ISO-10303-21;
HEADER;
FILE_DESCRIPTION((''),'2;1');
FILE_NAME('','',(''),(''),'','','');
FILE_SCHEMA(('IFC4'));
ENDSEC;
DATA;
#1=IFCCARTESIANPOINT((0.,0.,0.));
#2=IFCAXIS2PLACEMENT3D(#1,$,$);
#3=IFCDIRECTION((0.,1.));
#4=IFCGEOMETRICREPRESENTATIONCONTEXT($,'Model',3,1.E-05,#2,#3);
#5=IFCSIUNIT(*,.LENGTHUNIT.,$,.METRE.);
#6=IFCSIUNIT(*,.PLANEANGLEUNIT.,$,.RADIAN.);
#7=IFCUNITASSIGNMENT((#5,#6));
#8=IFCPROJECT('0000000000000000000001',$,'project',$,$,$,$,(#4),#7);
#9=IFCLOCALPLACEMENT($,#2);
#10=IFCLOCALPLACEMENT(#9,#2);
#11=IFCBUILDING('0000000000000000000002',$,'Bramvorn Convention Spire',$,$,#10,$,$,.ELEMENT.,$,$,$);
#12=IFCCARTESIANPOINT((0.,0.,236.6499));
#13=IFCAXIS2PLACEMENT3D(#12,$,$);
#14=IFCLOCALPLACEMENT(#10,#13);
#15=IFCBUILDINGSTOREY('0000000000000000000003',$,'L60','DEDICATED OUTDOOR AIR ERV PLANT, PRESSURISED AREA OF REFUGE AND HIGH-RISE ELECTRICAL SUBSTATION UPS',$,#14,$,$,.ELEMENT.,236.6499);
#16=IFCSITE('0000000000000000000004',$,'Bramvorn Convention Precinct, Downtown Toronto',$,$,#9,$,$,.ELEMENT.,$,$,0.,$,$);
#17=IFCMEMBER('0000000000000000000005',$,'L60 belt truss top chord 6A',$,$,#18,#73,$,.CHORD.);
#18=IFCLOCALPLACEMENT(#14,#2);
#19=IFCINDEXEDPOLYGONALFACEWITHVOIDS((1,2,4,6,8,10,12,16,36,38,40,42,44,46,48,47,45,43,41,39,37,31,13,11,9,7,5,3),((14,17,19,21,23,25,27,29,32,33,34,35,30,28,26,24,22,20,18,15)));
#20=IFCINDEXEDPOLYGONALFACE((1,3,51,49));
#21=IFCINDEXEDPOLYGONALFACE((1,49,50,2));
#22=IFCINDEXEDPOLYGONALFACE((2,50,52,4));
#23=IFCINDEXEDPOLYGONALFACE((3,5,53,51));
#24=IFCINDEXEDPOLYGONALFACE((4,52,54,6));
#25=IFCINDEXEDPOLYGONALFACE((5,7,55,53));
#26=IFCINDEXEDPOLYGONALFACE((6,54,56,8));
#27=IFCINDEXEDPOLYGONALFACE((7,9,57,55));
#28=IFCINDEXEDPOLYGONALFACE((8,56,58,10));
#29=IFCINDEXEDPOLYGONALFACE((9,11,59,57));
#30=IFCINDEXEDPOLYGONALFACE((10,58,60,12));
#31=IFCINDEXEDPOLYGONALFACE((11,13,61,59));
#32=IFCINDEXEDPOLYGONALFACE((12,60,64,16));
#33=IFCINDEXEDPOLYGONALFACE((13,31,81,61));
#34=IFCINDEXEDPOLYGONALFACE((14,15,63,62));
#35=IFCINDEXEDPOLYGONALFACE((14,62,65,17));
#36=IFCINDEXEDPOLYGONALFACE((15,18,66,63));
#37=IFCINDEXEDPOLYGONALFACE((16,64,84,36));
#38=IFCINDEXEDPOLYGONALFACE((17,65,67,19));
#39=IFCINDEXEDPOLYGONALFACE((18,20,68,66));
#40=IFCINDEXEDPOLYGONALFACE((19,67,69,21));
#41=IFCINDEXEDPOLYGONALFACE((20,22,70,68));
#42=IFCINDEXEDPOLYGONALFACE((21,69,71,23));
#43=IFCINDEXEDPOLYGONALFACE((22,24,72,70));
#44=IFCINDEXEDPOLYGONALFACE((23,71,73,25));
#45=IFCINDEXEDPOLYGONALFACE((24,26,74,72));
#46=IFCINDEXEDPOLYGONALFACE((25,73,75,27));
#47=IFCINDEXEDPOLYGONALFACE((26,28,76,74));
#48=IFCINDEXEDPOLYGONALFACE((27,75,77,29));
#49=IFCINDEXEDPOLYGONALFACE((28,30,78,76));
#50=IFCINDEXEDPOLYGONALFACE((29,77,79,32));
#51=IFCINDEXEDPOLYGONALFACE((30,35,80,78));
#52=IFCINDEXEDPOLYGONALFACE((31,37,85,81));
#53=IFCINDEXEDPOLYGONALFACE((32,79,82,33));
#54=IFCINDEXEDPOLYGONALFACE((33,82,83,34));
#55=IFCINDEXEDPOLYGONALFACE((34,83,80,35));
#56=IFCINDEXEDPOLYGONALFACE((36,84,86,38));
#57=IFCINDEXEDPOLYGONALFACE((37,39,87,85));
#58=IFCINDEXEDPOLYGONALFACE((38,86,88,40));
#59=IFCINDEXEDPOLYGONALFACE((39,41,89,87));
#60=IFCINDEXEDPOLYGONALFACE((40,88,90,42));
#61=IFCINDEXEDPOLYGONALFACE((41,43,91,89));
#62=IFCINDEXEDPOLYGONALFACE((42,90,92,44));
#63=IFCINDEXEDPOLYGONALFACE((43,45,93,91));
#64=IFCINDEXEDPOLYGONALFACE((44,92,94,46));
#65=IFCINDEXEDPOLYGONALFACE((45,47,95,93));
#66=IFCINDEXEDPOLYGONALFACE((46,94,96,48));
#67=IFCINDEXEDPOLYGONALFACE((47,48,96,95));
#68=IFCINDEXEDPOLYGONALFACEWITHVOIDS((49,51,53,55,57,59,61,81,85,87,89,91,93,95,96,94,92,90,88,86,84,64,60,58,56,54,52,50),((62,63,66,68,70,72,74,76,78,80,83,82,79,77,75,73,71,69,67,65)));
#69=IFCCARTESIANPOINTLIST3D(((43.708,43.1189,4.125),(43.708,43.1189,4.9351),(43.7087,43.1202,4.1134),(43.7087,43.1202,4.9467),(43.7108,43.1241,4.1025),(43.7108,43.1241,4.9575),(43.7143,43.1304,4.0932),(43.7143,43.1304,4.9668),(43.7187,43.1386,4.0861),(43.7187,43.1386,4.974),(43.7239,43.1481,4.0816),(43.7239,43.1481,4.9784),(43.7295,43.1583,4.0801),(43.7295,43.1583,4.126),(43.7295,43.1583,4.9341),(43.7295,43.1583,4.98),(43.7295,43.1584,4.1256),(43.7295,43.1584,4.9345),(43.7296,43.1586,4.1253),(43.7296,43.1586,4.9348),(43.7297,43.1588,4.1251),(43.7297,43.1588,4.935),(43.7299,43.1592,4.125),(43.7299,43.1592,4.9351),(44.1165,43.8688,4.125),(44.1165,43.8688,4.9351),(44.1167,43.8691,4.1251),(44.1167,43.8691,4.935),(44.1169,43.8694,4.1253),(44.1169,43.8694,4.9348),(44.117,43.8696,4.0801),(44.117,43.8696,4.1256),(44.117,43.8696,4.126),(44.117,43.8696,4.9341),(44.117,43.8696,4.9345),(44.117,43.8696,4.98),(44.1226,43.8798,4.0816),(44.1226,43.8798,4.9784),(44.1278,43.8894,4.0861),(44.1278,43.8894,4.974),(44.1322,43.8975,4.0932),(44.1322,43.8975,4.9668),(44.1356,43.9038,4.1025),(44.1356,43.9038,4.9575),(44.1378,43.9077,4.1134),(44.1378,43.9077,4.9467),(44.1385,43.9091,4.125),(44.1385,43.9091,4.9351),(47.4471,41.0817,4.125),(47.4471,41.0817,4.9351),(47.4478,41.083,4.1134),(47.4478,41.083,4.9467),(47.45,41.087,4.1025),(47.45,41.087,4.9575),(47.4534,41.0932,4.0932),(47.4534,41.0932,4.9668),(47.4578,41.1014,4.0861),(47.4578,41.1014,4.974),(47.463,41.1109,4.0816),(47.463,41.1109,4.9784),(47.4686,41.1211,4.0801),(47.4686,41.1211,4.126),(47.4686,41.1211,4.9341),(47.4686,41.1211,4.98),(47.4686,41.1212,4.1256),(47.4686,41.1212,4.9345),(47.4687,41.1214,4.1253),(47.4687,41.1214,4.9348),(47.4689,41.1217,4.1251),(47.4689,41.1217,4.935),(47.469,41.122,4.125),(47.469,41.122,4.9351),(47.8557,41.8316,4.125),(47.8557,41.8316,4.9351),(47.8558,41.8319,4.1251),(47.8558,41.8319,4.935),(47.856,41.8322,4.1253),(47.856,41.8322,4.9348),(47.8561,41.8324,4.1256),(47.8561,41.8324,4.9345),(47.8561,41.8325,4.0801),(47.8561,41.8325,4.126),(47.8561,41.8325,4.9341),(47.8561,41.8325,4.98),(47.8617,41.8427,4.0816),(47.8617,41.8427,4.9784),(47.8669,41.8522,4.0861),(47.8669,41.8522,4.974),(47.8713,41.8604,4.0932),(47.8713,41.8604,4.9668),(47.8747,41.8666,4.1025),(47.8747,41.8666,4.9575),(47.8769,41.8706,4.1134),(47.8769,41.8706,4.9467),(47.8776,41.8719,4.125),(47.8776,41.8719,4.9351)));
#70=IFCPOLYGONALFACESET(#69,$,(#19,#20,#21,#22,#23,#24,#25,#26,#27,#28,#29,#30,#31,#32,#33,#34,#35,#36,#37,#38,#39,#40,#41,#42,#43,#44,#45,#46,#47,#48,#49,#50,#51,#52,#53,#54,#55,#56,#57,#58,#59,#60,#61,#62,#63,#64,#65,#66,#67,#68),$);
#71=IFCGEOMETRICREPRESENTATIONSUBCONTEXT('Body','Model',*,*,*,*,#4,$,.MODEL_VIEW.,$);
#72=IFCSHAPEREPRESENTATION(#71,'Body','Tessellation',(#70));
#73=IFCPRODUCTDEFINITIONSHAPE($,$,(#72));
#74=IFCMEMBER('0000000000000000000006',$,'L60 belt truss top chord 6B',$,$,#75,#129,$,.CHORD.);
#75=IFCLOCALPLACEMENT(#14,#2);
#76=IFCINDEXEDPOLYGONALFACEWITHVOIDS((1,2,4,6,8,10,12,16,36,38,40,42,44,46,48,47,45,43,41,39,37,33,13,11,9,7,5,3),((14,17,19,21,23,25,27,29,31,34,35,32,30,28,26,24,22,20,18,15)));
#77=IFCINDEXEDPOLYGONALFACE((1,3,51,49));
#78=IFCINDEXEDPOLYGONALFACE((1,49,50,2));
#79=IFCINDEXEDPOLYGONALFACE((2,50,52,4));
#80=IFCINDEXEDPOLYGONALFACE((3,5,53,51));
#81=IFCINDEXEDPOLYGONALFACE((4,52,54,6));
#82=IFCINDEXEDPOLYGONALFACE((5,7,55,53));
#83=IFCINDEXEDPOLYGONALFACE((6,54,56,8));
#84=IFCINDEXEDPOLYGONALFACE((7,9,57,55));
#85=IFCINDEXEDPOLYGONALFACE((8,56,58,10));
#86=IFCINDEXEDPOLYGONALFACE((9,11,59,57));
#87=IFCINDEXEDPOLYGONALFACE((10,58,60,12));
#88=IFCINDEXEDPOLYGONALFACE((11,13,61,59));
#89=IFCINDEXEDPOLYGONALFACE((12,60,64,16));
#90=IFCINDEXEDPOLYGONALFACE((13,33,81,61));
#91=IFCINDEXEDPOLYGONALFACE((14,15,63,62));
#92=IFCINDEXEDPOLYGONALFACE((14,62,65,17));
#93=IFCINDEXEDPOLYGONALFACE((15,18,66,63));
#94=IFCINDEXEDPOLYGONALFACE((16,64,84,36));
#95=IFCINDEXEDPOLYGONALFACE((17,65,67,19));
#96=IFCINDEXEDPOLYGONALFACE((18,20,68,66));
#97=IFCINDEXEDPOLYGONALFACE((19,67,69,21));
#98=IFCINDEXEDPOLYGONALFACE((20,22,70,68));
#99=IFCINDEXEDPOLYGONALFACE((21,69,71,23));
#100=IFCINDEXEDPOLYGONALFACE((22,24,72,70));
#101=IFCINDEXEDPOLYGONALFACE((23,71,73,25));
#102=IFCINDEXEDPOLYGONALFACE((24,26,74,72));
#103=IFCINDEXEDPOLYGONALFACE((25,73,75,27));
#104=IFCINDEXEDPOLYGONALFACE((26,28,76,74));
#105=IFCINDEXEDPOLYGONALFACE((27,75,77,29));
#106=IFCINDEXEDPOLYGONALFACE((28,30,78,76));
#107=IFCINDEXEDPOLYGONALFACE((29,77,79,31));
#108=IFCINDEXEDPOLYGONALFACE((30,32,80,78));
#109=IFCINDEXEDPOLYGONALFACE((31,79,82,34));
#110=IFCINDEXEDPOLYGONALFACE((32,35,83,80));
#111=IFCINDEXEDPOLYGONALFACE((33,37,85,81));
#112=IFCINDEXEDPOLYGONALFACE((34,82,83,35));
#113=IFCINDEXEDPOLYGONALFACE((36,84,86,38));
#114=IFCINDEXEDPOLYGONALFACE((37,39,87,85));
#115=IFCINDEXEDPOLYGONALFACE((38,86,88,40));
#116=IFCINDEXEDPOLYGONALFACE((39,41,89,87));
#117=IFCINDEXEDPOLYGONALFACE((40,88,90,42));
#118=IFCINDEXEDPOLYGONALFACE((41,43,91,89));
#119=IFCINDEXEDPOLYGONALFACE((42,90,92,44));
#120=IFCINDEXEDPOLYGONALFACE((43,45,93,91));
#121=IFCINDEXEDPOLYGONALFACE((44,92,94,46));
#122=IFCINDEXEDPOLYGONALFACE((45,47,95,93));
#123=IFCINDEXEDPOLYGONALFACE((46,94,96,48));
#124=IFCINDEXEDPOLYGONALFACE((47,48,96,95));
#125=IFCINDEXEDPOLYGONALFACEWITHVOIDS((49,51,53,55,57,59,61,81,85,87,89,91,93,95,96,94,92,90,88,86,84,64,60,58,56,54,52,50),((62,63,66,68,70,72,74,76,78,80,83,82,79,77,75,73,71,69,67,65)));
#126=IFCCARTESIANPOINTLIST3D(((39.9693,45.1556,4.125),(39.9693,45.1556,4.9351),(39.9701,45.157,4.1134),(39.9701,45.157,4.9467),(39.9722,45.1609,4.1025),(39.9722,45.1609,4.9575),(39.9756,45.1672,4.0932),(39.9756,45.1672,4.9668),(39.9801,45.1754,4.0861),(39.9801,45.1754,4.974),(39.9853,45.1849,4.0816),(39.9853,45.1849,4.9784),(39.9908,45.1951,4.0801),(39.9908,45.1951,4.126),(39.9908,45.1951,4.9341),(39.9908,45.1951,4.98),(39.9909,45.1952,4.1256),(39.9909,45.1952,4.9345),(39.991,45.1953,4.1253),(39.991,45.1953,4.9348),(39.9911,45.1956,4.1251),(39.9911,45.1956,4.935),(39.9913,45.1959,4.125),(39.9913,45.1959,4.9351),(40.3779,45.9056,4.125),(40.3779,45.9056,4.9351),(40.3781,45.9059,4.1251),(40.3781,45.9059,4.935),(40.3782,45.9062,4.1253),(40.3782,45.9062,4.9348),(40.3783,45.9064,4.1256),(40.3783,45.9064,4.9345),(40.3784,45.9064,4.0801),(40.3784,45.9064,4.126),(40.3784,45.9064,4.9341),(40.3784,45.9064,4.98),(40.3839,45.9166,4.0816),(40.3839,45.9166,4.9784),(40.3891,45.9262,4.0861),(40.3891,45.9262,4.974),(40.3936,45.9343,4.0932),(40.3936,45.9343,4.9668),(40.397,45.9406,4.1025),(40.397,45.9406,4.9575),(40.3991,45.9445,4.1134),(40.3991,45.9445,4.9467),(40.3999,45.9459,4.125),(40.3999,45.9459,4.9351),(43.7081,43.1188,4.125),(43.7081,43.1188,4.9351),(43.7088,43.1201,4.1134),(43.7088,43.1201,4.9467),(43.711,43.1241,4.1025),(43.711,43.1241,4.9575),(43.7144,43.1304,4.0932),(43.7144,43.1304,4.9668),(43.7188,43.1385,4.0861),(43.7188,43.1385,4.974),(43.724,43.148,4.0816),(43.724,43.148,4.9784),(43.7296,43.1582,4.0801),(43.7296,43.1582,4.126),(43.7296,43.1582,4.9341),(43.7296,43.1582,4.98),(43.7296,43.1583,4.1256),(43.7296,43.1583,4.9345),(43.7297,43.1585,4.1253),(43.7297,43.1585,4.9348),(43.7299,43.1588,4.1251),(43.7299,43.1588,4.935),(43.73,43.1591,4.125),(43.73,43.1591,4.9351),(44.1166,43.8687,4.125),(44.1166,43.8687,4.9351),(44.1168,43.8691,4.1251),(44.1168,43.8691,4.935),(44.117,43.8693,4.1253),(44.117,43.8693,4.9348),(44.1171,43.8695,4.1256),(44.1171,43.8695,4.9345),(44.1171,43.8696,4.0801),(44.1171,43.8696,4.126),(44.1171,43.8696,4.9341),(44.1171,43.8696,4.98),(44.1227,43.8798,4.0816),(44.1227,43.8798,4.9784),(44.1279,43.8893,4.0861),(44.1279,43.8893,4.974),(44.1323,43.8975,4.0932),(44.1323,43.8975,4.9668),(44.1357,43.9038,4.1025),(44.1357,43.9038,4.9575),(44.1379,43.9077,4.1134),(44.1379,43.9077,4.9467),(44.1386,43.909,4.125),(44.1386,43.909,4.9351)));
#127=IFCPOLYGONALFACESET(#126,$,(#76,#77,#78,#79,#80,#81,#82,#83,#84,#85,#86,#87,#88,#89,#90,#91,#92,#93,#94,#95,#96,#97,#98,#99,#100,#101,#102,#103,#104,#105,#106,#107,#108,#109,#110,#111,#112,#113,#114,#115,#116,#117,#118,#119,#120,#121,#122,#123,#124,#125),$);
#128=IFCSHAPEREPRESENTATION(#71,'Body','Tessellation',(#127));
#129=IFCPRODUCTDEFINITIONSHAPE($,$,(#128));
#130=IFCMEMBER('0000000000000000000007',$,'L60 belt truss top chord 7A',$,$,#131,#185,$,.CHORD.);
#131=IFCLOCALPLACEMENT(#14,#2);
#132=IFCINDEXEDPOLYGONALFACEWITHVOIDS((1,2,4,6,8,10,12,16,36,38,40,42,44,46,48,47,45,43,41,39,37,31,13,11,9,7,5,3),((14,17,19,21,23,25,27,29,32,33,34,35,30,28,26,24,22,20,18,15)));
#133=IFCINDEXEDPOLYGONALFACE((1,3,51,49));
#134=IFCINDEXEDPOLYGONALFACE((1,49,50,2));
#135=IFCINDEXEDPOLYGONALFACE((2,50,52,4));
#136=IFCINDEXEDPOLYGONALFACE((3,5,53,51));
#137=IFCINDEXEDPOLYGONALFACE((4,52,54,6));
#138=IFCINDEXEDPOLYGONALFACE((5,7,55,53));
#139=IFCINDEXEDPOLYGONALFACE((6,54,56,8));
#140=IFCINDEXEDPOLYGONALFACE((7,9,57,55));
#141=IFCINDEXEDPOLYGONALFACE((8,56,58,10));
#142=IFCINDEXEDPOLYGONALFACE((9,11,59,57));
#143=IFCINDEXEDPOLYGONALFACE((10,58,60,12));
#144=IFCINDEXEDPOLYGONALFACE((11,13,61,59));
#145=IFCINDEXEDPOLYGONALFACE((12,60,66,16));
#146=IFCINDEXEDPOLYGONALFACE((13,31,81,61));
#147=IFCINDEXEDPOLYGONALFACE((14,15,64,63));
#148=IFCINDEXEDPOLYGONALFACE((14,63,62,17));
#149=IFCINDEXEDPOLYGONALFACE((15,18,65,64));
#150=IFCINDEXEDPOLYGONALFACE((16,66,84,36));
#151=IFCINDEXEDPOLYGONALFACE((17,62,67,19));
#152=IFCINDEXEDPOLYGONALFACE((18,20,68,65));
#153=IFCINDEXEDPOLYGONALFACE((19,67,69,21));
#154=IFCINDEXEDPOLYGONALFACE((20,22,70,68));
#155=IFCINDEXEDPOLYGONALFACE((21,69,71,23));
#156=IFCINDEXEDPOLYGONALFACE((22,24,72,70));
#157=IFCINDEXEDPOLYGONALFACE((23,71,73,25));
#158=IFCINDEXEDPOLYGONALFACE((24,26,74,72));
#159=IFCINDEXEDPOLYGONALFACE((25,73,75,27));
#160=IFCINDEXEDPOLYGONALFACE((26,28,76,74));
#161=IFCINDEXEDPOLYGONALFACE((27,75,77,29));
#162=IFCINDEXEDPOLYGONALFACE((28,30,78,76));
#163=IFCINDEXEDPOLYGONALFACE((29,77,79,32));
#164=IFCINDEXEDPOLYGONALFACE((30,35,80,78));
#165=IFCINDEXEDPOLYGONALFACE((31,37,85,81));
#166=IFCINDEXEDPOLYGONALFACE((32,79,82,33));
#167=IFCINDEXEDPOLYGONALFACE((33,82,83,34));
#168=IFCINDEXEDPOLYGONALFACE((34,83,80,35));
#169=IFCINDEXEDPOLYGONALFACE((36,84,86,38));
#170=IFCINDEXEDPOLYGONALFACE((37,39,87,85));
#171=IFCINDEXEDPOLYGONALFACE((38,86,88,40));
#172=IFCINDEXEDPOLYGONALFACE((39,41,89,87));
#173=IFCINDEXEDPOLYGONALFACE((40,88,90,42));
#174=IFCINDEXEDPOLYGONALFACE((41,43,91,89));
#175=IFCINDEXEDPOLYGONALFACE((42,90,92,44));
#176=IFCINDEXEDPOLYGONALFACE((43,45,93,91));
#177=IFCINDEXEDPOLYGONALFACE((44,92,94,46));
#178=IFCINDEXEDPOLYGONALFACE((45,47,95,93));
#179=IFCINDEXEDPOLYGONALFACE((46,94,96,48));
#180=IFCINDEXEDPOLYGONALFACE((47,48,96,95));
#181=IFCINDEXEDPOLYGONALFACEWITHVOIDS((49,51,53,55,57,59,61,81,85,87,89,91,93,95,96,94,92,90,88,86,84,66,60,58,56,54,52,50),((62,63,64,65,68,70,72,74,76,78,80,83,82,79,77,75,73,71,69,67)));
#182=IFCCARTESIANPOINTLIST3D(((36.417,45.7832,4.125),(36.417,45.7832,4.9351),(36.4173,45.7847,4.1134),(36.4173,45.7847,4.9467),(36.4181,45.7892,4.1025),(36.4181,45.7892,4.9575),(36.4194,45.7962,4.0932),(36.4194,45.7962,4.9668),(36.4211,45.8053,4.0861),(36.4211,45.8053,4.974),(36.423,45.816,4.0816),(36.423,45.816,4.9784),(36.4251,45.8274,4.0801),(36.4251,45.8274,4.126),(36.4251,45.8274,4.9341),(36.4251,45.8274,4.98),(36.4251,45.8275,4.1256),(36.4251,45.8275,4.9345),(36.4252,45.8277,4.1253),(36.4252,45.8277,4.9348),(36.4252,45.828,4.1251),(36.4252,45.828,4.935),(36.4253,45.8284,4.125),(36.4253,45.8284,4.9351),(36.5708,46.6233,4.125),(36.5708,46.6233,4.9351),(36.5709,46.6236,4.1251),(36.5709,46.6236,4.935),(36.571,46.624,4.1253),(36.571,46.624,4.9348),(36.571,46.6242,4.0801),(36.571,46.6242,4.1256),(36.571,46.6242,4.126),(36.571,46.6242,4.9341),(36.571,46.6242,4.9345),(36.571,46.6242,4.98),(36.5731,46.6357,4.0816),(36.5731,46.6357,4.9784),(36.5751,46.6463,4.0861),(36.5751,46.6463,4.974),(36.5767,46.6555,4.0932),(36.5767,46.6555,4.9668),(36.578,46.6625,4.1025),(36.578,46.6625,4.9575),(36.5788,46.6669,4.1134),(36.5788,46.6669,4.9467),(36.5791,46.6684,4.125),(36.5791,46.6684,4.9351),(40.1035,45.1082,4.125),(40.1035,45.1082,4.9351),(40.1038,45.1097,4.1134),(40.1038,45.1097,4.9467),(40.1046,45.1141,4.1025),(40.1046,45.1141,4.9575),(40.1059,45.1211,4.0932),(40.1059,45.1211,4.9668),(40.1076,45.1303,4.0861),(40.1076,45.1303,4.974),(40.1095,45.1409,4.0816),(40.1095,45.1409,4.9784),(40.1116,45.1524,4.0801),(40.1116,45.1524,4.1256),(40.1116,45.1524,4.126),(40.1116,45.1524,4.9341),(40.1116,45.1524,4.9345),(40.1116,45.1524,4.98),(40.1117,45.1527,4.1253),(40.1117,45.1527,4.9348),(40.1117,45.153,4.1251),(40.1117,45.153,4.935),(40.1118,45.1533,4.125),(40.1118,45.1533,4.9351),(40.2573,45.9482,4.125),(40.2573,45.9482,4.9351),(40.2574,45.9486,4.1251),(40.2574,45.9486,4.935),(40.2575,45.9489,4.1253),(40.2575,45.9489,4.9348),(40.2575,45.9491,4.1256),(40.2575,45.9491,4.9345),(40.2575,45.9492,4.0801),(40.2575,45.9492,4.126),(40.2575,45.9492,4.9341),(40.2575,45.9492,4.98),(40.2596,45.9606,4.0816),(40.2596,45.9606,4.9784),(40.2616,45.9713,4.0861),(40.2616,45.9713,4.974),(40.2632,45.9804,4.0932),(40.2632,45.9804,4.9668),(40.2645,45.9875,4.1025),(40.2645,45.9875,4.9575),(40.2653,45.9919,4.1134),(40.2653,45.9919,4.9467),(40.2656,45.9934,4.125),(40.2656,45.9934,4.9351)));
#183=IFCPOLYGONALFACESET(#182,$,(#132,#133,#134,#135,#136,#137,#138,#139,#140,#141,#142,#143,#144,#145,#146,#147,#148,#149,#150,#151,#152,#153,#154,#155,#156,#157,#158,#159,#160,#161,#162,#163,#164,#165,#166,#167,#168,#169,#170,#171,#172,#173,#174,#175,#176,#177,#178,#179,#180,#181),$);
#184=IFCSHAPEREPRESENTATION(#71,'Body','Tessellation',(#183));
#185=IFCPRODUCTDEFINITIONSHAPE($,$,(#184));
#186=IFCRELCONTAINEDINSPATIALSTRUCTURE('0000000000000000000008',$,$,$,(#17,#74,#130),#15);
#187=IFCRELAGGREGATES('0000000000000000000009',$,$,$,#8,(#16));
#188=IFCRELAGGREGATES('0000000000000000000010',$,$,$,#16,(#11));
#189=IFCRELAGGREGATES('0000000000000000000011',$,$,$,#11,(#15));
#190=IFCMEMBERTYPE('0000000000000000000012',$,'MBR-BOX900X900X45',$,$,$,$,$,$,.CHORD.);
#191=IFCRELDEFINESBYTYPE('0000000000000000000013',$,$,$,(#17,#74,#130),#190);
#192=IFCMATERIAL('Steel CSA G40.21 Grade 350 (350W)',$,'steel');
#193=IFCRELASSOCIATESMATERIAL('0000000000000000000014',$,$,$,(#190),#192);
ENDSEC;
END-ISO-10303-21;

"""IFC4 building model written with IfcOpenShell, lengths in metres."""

from ifc_helpers import new_model, si_unit, direction, frame, origin, origin_2d, place, context, subcontext, project, spatial, hollow_rectangle, extrude, material, material_profile, profile_set, type_object, element, save


model = new_model("IFC4")

# Units and contexts
model_context = context("Model", 3, precision=1e-05, world=origin(), true_north=direction((0.0, 1.0)))
body_context = subcontext(model_context, "Body", "Model", "MODEL_VIEW")
ifc_project = project(units=[si_unit("LENGTHUNIT", "METRE"), si_unit("PLANEANGLEUNIT", "RADIAN")], contexts=[model_context])

# Site, building, storey
site_placement = place(None, origin())
site = spatial("IfcSite", under=ifc_project, at=site_placement, Name="Bramvorn Convention Precinct, Downtown Toronto", CompositionType="ELEMENT", RefElevation=0.0)
building_placement = place(site_placement, origin())
building = spatial("IfcBuilding", under=site, at=building_placement, Name="Bramvorn Convention Spire", CompositionType="ELEMENT")
storey_placement = place(building_placement, frame((0.0, 0.0, 236.6499)))
storey = spatial("IfcBuildingStorey", under=building, at=storey_placement, Name="L60", Description="DEDICATED OUTDOOR AIR ERV PLANT, PRESSURISED AREA OF REFUGE AND HIGH-RISE ELECTRICAL SUBSTATION UPS", CompositionType="ELEMENT", Elevation=236.6499)

# Shared definitions
ifc_material_1 = material(Name="Steel CSA G40.21 Grade 350 (350W)", Category="steel")

# Members
ifc_material_profile_1 = material_profile(ifc_material_1, hollow_rectangle(XDim=0.8999, YDim=0.8999, WallThickness=0.0449, InnerFilletRadius=0.001, OuterFilletRadius=0.0449, at=origin_2d()))
ifc_profile_set_1 = profile_set([ifc_material_profile_1], Name="Steel CSA G40.21 Grade 350 (350W) - BOX900X900X45")
member_type_1 = type_object("IfcMemberType", Name="MBR-BOX900X900X45", PredefinedType="CHORD", material=ifc_profile_set_1)
member_1_placement = place(storey_placement, frame((47.6624, 41.4768, 4.53), z_axis=(-0.878128, 0.478426, 0.0), x_axis=(-0.478426, -0.878128, 0.0)))
element("IfcMember", 1, at=member_1_placement, inside=storey, type_object=member_type_1, Name="L60 belt truss top chord 6A", PredefinedType="CHORD", context=body_context, shape_type="SweptSolid", body=[
    extrude(hollow_rectangle(XDim=0.8999, YDim=0.8999, WallThickness=0.0449, InnerFilletRadius=0.001, OuterFilletRadius=0.0449, at=origin_2d()), origin(), (0.0, 0.0, 1.0), 4.2581),
])
member_2_placement = place(storey_placement, frame((43.9233, 43.5139, 4.53), z_axis=(-0.878139, 0.478406, 0.0), x_axis=(-0.478406, -0.878139, 0.0)))
element("IfcMember", 2, at=member_2_placement, inside=storey, type_object=member_type_1, Name="L60 belt truss top chord 6B", PredefinedType="CHORD", context=body_context, shape_type="SweptSolid", body=[
    extrude(hollow_rectangle(XDim=0.8999, YDim=0.8999, WallThickness=0.0449, InnerFilletRadius=0.001, OuterFilletRadius=0.0449, at=origin_2d()), origin(), (0.0, 0.0, 1.0), 4.2576),
])
for number, where, z_axis, x_axis, name in (
    (3, (40.1846, 45.5508, 4.53), (-0.983645, 0.180118, 0.0), (-0.180118, -0.983645, 0.0), "L60 belt truss top chord 7A"),
):
    element("IfcMember", number, at=place(storey_placement, frame(where, z_axis=z_axis, x_axis=x_axis)), inside=storey, type_object=member_type_1, Name=name, PredefinedType="CHORD", context=body_context, shape_type="SweptSolid", body=[
        extrude(hollow_rectangle(XDim=0.8999, YDim=0.8999, WallThickness=0.0449, InnerFilletRadius=0.001, OuterFilletRadius=0.0449, at=origin_2d()), origin(), (0.0, 0.0, 1.0), 3.7478),
    ])

save(model, "model.ifc")
